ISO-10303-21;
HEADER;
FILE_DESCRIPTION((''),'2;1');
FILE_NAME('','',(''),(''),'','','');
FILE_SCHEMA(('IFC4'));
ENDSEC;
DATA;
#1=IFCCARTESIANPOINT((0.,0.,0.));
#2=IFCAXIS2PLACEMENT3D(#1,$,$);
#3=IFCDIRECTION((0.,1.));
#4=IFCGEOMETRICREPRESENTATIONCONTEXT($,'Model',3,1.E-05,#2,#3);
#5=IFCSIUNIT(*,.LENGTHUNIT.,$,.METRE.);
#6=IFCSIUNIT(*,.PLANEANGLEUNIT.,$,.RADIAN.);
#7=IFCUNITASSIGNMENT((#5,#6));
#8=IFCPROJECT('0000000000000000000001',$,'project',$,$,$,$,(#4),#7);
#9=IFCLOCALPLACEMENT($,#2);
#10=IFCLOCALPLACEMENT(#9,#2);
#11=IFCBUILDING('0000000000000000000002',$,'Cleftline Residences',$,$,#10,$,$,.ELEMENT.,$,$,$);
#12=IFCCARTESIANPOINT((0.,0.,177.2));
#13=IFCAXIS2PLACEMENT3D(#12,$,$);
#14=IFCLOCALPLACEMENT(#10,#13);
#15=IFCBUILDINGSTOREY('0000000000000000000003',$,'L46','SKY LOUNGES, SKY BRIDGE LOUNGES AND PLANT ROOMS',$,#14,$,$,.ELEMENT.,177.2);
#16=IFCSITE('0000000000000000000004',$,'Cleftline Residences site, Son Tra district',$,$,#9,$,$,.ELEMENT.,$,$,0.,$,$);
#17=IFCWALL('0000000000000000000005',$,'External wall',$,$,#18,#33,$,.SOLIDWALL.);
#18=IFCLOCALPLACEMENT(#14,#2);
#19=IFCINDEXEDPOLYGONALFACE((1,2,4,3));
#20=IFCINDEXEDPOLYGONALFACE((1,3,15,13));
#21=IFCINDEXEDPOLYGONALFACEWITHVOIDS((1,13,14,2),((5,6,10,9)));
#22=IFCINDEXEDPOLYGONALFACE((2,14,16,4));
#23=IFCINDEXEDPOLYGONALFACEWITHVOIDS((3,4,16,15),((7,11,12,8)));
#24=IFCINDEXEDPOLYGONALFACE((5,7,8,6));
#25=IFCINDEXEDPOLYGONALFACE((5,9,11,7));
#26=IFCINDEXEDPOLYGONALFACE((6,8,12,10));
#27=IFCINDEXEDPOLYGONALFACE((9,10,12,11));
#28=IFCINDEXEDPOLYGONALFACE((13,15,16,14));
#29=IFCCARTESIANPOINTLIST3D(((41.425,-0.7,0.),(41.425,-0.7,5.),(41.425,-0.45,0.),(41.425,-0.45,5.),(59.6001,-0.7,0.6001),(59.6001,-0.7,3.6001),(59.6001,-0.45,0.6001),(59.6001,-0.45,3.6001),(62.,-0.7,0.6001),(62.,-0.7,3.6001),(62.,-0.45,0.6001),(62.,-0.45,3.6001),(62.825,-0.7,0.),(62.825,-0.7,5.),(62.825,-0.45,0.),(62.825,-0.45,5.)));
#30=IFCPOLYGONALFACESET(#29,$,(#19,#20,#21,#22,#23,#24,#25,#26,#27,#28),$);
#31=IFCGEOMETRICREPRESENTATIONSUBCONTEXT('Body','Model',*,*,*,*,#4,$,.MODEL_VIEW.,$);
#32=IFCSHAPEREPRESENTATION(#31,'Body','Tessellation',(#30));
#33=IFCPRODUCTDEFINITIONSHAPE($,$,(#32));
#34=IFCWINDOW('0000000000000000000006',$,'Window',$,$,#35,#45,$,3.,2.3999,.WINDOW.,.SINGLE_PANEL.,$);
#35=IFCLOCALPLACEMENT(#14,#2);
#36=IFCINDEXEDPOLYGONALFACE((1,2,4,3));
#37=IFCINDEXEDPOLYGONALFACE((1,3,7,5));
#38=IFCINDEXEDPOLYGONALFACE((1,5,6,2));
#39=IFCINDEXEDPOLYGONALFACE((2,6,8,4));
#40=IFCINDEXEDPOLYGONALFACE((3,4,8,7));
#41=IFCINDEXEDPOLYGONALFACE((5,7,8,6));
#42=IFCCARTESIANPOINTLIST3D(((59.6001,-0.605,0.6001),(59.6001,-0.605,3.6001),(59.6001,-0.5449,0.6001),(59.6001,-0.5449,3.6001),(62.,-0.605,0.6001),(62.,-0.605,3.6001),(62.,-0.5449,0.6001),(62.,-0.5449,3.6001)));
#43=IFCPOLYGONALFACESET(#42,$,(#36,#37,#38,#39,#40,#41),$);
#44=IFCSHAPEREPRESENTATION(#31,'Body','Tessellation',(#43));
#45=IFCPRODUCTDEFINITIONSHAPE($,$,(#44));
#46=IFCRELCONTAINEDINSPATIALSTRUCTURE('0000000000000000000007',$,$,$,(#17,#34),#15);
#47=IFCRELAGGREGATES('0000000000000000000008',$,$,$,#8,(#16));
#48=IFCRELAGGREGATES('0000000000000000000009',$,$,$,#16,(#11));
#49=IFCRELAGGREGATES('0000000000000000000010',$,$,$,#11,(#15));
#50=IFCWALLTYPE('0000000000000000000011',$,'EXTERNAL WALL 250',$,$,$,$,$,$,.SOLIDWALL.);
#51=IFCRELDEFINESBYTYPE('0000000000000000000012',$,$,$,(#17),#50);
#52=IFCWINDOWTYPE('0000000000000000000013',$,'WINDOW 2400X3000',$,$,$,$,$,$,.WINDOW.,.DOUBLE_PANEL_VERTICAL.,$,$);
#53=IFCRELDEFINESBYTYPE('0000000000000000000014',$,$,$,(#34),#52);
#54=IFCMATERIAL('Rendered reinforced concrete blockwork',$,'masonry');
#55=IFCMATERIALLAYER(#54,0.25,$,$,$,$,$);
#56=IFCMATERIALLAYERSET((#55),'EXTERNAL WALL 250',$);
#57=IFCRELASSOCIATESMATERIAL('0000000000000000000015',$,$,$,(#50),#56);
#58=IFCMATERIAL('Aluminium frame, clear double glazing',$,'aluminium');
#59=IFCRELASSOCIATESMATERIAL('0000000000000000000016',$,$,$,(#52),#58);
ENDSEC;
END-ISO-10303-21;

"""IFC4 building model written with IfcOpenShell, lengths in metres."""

from ifc_helpers import new_model, si_unit, direction, frame, frame_2d, origin, place, context, subcontext, project, spatial, rectangle, extrude, material, layer, layer_set, type_object, element, fill, save


model = new_model("IFC4")

# Units and contexts
model_context = context("Model", 3, precision=1e-05, world=origin(), true_north=direction((0.0, 1.0)))
body_context = subcontext(model_context, "Body", "Model", "MODEL_VIEW")
ifc_project = project(units=[si_unit("LENGTHUNIT", "METRE"), si_unit("PLANEANGLEUNIT", "RADIAN")], contexts=[model_context])

# Site, building, storey
site_placement = place(None, origin())
site = spatial("IfcSite", under=ifc_project, at=site_placement, Name="Cleftline Residences site, Son Tra district", CompositionType="ELEMENT", RefElevation=0.0)
building_placement = place(site_placement, origin())
building = spatial("IfcBuilding", under=site, at=building_placement, Name="Cleftline Residences", CompositionType="ELEMENT")
storey_placement = place(building_placement, frame((0.0, 0.0, 177.2)))
storey = spatial("IfcBuildingStorey", under=building, at=storey_placement, Name="L46", Description="SKY LOUNGES, SKY BRIDGE LOUNGES AND PLANT ROOMS", CompositionType="ELEMENT", Elevation=177.2)

# Wall, opening, window
ifc_material_1 = material(Name="Rendered reinforced concrete blockwork", Category="masonry")
ifc_layer_1 = layer(ifc_material_1, 0.25)
ifc_layer_set_1 = layer_set([ifc_layer_1], Name="EXTERNAL WALL 250")
wall_type = type_object("IfcWallType", Name="EXTERNAL WALL 250", PredefinedType="SOLIDWALL", material=ifc_layer_set_1)
wall_placement = place(storey_placement, frame((41.425, -0.575, 0.0), z_axis=(0.0, 0.0, 1.0), x_axis=(1.0, 0.0, 0.0)))
wall = element("IfcWall", 1, at=wall_placement, inside=storey, type_object=wall_type, Name="External wall", PredefinedType="SOLIDWALL", context=body_context, shape_type="SweptSolid", body=[
    extrude(rectangle(XDim=21.3999, YDim=0.25, at=frame_2d((10.7, 0.0))), origin(), (0.0, 0.0, 1.0), 5.0),
])
opening_placement = place(wall_placement, frame((18.175, 0.0, 0.6001)))
opening = element("IfcOpeningElement", 2, at=opening_placement, cuts=wall, PredefinedType="OPENING", context=body_context, shape_type="SweptSolid", body=[
    extrude(rectangle(XDim=2.3999, YDim=3.0, at=frame_2d((1.2, 1.5))), frame((0.0, 0.135, 0.0), z_axis=(0.0, -1.0, 0.0), x_axis=(1.0, 0.0, 0.0)), (0.0, 0.0, 1.0), 0.27),
])
ifc_material_2 = material(Name="Aluminium frame, clear double glazing", Category="aluminium")
window_type = type_object("IfcWindowType", Name="WINDOW 2400X3000", PartitioningType="DOUBLE_PANEL_VERTICAL", PredefinedType="WINDOW", material=ifc_material_2)
window_placement = place(opening_placement, origin())
window = element("IfcWindow", 3, at=window_placement, inside=storey, type_object=window_type, Name="Window", OverallHeight=3.0, OverallWidth=2.3999, PartitioningType="SINGLE_PANEL", PredefinedType="WINDOW", context=body_context, shape_type="SweptSolid", body=[
    extrude(rectangle(XDim=2.3999, YDim=3.0, at=frame_2d((1.2, 1.5))), frame((0.0, 0.03, 0.0), z_axis=(0.0, -1.0, 0.0), x_axis=(1.0, 0.0, 0.0)), (0.0, 0.0, 1.0), 0.0601),
])
fill(opening, window)

save(model, "model.ifc")
